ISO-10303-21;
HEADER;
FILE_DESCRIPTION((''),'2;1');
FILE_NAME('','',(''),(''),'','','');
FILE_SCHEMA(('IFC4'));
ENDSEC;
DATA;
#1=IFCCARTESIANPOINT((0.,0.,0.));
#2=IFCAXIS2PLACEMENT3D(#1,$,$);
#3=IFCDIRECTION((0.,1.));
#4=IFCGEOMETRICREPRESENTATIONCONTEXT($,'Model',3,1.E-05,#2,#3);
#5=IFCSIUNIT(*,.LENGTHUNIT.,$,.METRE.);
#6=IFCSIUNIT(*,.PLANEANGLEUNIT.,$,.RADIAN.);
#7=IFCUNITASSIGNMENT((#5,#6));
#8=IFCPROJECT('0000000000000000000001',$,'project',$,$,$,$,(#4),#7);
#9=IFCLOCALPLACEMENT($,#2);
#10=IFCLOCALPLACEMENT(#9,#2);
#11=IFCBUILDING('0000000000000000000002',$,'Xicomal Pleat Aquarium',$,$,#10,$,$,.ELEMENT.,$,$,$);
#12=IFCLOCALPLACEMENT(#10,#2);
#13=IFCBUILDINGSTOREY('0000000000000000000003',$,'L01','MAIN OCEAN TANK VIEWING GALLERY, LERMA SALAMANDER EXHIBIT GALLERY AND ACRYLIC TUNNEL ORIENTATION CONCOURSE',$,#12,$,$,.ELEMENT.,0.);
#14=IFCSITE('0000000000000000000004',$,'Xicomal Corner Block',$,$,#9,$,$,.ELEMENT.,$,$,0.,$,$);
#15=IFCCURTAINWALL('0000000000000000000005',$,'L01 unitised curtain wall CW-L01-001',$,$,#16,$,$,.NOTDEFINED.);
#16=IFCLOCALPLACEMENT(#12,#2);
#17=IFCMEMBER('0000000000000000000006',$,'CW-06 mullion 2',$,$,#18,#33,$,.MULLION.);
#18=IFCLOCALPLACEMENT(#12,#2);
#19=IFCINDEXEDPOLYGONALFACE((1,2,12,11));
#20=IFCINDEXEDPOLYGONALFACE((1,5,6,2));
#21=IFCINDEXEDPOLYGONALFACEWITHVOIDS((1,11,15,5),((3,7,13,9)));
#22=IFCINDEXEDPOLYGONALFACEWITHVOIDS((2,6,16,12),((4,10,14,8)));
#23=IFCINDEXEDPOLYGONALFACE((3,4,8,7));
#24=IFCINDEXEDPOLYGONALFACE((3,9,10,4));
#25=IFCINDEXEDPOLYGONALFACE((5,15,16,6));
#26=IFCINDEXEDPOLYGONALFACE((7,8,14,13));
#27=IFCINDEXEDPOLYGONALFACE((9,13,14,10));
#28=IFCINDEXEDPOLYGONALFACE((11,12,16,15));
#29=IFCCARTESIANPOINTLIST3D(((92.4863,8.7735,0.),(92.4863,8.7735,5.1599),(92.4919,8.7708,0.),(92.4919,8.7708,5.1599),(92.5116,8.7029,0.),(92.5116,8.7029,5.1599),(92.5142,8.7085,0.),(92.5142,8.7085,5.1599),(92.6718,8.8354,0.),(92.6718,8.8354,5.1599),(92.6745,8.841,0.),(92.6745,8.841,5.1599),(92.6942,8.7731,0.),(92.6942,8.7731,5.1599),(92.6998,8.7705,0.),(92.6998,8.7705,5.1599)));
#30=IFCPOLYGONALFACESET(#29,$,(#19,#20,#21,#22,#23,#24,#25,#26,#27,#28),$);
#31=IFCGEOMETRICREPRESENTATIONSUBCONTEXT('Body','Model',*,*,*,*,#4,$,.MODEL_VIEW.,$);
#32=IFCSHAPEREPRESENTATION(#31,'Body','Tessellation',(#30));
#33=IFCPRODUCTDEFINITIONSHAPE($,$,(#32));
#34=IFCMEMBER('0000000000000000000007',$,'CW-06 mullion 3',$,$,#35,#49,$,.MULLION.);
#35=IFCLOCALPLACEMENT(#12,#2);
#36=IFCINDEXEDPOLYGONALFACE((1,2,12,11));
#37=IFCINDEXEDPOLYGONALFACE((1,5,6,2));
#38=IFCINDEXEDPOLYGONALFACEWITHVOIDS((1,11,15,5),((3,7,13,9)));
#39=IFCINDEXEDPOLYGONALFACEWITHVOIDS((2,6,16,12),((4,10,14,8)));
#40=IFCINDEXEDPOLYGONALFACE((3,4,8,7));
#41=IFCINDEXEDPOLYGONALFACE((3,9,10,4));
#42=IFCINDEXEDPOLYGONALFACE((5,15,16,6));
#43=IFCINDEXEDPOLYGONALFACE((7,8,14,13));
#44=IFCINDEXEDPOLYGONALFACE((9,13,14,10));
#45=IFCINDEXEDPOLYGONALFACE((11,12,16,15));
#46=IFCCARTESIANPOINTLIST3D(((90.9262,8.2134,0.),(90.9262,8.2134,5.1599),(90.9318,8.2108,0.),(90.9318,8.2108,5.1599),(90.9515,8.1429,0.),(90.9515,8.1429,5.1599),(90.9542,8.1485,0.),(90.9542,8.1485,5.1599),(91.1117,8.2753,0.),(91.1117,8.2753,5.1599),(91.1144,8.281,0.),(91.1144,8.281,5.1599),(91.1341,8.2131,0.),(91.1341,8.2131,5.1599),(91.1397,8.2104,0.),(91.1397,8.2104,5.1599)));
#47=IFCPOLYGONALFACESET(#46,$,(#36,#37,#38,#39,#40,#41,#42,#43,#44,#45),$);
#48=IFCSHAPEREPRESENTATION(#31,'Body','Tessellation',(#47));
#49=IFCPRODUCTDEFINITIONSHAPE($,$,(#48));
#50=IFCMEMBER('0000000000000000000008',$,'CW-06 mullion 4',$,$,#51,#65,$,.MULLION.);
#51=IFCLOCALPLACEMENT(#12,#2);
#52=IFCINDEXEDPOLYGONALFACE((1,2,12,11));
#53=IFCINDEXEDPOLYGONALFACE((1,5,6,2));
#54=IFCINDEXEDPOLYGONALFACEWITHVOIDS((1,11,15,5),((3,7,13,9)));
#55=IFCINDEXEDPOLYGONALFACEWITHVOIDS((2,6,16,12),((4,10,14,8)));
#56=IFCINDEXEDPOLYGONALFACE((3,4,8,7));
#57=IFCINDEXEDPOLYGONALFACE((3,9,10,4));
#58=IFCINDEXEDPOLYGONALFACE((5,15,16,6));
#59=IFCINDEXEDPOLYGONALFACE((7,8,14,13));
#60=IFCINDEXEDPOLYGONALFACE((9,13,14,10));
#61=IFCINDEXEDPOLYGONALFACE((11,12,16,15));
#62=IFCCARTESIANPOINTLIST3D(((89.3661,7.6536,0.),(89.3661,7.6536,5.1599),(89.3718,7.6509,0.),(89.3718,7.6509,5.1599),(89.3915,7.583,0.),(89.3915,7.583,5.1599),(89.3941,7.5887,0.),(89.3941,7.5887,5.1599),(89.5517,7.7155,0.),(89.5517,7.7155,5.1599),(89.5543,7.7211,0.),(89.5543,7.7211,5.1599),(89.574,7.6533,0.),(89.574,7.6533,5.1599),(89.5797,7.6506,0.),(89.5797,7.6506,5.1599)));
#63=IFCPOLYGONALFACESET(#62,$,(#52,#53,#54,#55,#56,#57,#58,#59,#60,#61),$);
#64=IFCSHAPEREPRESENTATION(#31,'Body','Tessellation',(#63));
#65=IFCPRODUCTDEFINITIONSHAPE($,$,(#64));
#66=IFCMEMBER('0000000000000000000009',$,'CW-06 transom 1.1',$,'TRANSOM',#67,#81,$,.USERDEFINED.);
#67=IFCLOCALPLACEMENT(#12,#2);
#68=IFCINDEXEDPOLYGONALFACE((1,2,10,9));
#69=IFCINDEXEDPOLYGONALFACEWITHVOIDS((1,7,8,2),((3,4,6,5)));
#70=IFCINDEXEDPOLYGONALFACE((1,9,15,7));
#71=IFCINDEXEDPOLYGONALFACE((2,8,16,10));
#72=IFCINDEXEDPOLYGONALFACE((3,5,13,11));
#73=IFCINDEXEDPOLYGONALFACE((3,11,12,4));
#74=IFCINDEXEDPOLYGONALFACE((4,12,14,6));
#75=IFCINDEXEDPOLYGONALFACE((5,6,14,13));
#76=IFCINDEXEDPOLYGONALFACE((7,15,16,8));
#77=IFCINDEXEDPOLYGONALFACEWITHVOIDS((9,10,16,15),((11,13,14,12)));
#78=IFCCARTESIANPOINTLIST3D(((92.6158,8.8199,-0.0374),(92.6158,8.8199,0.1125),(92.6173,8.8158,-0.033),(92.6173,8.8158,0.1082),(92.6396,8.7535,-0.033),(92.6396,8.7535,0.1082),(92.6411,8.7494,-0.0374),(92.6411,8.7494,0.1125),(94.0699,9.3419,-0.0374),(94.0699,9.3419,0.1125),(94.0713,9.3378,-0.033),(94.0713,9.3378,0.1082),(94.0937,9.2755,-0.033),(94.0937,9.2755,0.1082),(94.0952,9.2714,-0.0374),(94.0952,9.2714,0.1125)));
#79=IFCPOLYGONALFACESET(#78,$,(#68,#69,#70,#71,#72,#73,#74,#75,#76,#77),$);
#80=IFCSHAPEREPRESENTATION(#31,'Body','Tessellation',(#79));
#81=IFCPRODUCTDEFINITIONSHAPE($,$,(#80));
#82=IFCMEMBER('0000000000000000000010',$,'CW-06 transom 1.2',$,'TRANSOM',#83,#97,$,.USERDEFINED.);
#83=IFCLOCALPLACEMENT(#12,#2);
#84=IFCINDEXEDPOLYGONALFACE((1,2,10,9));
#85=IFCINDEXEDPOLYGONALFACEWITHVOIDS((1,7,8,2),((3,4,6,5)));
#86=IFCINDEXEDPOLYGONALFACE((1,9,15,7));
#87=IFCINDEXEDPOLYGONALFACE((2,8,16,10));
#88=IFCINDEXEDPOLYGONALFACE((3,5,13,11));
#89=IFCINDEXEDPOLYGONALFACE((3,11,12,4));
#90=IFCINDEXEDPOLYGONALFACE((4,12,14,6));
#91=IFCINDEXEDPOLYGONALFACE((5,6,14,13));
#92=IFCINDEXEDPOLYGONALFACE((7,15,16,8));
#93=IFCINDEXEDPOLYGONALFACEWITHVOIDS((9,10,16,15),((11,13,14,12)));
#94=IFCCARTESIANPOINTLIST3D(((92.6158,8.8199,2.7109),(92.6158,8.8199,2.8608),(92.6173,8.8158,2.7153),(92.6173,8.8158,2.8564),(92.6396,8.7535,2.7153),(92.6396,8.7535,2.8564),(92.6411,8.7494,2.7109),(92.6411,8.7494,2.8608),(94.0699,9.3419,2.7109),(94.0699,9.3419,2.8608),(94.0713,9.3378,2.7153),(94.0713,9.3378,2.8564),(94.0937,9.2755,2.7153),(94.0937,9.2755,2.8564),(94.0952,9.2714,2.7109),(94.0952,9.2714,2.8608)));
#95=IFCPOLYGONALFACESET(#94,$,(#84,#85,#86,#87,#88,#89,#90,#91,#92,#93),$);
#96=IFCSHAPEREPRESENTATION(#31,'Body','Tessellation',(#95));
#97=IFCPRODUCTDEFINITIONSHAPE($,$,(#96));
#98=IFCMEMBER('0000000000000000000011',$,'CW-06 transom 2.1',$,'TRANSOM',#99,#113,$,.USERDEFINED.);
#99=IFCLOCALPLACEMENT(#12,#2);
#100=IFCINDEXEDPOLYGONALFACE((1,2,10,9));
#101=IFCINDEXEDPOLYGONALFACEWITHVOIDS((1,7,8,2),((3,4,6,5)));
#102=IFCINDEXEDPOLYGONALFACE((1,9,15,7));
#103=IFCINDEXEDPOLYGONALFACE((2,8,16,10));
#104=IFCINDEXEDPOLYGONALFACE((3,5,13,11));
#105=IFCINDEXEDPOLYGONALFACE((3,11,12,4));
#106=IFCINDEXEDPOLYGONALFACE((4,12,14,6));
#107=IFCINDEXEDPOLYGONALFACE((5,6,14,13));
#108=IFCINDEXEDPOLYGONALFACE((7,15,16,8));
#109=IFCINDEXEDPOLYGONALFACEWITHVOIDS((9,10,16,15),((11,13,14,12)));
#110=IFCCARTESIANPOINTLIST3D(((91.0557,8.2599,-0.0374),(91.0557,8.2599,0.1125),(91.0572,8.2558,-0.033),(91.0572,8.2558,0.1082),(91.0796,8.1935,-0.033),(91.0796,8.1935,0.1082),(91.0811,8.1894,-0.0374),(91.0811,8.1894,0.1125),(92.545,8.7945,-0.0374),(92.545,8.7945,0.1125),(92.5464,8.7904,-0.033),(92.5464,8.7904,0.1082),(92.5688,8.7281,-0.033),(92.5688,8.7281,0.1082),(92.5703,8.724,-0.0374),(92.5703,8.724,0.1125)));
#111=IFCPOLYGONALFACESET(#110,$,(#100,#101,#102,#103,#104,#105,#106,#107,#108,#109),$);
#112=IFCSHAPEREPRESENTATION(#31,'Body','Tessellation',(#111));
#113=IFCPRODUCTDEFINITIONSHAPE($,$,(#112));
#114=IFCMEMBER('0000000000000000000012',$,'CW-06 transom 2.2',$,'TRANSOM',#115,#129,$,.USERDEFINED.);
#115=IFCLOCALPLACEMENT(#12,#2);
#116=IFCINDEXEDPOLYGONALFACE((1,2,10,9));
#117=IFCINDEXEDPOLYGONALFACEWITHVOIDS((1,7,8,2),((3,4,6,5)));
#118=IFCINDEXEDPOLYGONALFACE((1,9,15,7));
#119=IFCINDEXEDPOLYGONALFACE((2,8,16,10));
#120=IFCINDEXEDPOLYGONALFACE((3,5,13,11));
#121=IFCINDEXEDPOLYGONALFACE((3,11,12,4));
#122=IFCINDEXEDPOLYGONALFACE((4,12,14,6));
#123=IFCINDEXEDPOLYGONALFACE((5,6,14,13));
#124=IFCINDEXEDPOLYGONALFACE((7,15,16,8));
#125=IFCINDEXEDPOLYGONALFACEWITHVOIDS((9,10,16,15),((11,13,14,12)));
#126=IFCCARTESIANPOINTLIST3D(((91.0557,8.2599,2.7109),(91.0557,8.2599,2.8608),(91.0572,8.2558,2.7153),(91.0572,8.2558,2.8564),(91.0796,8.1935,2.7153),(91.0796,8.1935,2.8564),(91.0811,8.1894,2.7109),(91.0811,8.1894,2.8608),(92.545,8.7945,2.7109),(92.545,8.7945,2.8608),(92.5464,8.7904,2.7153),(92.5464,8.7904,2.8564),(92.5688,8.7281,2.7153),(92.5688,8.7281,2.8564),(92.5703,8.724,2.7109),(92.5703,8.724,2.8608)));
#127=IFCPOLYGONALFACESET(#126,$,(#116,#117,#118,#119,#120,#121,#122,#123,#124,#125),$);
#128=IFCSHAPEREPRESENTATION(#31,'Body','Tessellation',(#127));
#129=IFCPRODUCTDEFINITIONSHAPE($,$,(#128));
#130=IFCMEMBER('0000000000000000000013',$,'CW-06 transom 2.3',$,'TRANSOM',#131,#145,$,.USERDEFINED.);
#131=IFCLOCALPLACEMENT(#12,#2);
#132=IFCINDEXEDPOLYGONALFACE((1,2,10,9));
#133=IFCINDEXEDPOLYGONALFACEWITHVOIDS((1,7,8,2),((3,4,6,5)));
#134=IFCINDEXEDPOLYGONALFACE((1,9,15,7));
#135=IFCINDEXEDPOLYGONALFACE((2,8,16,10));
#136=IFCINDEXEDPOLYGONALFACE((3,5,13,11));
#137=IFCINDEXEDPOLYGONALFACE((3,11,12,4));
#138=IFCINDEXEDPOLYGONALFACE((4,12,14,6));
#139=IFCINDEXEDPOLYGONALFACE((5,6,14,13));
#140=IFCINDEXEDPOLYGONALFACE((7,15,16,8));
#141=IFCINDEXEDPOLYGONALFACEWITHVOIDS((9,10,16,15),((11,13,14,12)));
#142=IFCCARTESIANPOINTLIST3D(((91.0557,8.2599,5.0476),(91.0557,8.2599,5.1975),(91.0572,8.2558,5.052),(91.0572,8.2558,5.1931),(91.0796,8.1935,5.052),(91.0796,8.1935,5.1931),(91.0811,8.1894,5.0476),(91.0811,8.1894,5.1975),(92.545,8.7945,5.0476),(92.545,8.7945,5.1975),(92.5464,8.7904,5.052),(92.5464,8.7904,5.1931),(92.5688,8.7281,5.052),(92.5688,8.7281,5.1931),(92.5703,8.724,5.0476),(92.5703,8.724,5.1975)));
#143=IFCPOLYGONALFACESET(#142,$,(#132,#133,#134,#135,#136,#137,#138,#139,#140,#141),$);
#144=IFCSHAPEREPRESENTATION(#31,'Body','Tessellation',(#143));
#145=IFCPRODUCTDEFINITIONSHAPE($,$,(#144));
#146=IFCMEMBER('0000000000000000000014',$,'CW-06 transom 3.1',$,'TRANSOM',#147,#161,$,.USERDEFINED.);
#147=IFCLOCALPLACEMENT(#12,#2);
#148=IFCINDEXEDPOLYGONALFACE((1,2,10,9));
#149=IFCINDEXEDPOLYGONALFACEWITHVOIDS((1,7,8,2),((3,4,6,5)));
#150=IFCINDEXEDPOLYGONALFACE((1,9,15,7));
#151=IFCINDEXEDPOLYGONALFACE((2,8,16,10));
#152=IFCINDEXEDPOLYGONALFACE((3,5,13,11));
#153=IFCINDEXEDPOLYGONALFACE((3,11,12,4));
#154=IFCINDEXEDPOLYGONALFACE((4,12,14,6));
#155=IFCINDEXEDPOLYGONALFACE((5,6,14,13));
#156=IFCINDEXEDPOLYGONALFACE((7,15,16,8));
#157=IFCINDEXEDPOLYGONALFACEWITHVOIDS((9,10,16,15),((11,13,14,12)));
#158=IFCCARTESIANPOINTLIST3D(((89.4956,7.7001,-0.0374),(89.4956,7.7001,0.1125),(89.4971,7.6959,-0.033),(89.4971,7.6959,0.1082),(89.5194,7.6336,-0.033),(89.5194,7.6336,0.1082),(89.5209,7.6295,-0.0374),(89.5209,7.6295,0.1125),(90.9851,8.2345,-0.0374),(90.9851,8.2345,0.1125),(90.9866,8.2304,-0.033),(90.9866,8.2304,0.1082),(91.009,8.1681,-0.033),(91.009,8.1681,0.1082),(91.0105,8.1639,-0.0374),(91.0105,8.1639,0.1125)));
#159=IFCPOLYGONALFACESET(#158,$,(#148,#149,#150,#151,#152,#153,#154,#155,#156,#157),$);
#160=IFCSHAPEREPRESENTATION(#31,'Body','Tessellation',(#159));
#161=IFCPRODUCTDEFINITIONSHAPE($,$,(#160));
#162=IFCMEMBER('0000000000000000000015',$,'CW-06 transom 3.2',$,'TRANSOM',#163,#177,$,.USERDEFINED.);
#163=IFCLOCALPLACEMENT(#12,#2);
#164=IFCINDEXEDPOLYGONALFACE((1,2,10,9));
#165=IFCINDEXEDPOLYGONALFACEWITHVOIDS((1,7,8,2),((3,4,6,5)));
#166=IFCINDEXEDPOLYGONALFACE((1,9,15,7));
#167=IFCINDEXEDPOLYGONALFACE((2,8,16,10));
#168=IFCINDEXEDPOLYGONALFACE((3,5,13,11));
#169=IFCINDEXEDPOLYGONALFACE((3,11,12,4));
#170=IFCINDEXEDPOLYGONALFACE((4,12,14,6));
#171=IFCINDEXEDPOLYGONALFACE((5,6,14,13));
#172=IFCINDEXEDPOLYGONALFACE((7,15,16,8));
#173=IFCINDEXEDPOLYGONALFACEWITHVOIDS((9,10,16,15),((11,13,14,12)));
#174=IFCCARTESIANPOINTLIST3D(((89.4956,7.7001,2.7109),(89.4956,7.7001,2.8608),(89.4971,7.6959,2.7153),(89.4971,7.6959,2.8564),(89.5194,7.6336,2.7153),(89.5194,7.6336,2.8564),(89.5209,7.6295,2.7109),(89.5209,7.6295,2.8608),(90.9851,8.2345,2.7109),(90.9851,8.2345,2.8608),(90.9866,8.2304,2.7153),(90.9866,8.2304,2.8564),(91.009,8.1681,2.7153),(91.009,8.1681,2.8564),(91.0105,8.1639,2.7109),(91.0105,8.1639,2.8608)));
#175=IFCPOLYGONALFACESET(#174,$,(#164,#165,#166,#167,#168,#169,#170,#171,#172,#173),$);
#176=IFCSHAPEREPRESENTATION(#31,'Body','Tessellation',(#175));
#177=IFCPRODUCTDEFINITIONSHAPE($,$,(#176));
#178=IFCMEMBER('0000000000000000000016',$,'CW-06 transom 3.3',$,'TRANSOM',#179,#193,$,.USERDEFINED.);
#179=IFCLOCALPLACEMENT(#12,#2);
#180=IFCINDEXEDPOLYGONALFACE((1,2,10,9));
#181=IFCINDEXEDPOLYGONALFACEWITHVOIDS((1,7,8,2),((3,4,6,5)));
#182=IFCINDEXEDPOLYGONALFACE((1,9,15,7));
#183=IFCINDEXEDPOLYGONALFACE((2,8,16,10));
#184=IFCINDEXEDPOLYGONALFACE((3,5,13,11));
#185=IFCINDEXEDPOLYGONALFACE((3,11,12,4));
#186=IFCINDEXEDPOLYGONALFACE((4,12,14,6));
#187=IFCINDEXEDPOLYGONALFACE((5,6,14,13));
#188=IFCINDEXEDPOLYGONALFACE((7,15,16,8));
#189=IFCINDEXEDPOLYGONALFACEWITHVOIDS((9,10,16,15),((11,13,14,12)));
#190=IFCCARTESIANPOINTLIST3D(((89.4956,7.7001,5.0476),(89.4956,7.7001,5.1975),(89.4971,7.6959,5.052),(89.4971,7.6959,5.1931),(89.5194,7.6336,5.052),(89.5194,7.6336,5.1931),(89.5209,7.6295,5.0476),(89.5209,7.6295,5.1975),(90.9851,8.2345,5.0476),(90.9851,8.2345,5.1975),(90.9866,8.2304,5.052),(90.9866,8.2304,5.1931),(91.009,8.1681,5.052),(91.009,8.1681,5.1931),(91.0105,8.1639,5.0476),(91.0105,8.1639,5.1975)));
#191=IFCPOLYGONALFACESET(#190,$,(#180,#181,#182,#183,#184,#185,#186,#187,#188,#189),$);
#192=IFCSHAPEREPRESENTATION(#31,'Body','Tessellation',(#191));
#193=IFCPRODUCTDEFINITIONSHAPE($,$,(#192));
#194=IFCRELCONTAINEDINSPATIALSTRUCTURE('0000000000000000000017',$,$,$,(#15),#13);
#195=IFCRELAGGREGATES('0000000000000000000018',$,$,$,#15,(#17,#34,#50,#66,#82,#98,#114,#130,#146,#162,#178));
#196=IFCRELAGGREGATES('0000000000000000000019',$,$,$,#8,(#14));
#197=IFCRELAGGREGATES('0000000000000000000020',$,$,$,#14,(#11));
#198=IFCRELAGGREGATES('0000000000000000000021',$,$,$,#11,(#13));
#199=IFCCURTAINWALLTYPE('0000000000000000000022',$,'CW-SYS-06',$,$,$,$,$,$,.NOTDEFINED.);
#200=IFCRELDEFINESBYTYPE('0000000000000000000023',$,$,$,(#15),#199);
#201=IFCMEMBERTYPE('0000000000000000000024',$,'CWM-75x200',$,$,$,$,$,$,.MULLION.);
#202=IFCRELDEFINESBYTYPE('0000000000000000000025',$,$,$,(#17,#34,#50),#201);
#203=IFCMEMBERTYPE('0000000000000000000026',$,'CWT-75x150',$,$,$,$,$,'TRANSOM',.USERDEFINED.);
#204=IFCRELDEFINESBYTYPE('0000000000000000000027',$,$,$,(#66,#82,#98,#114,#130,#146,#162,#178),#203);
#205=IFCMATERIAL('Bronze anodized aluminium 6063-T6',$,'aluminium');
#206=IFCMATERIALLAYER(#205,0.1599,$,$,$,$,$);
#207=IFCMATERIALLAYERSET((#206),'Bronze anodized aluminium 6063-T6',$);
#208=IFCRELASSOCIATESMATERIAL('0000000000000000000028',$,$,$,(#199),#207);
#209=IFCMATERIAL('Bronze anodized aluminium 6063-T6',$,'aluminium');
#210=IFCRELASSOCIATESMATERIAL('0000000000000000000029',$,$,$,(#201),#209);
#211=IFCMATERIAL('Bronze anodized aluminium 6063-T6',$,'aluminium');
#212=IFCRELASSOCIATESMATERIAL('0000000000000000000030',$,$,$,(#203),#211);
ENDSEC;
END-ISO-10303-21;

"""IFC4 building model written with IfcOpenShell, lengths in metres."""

from ifc_helpers import new_model, si_unit, direction, frame, origin, origin_2d, place, context, subcontext, project, spatial, hollow_rectangle, extrude, material, layer, layer_set, material_profile, profile_set, type_object, element, aggregate, save


model = new_model("IFC4")

# Units and contexts
model_context = context("Model", 3, precision=1e-05, world=origin(), true_north=direction((0.0, 1.0)))
body_context = subcontext(model_context, "Body", "Model", "MODEL_VIEW")
ifc_project = project(units=[si_unit("LENGTHUNIT", "METRE"), si_unit("PLANEANGLEUNIT", "RADIAN")], contexts=[model_context])

# Site, building, storey
site_placement = place(None, origin())
site = spatial("IfcSite", under=ifc_project, at=site_placement, Name="Xicomal Corner Block", CompositionType="ELEMENT", RefElevation=0.0)
building_placement = place(site_placement, origin())
building = spatial("IfcBuilding", under=site, at=building_placement, Name="Xicomal Pleat Aquarium", CompositionType="ELEMENT")
storey_placement = place(building_placement, origin())
storey = spatial("IfcBuildingStorey", under=building, at=storey_placement, Name="L01", Description="MAIN OCEAN TANK VIEWING GALLERY, LERMA SALAMANDER EXHIBIT GALLERY AND ACRYLIC TUNNEL ORIENTATION CONCOURSE", CompositionType="ELEMENT", Elevation=0.0)

# Curtain wall, members
ifc_material_1 = material(Name="Bronze anodized aluminium 6063-T6", Category="aluminium")
ifc_layer_1 = layer(ifc_material_1, 0.1599)
ifc_layer_set_1 = layer_set([ifc_layer_1], Name="Bronze anodized aluminium 6063-T6")
curtain_wall_type = type_object("IfcCurtainWallType", Name="CW-SYS-06", PredefinedType="NOTDEFINED", material=ifc_layer_set_1)
curtain_wall_placement = place(storey_placement, origin())
curtain_wall = element("IfcCurtainWall", 1, at=curtain_wall_placement, inside=storey, type_object=curtain_wall_type, Name="L01 unitised curtain wall CW-L01-001", PredefinedType="NOTDEFINED")
ifc_material_2 = material(Name="Bronze anodized aluminium 6063-T6", Category="aluminium")
ifc_material_profile_1 = material_profile(ifc_material_2, hollow_rectangle(XDim=0.075, YDim=0.2, WallThickness=0.0044, at=origin_2d()), Name="ALU MULL 75x200")
ifc_profile_set_1 = profile_set([ifc_material_profile_1], Name="Bronze anodized aluminium 6063-T6")
member_type_1 = type_object("IfcMemberType", Name="CWM-75x200", PredefinedType="MULLION", material=ifc_profile_set_1)
member_1_placement = place(storey_placement, frame((92.593, 8.772, 0.0), z_axis=(0.0, 0.0, 1.0), x_axis=(0.337865, -0.941195, 0.0)))
member_1 = element("IfcMember", 2, at=member_1_placement, type_object=member_type_1, Name="CW-06 mullion 2", PredefinedType="MULLION", context=body_context, shape_type="SweptSolid", body=[
    extrude(hollow_rectangle(XDim=0.075, YDim=0.2, WallThickness=0.0044, at=origin_2d()), origin(), (0.0, 0.0, 1.0), 5.1599),
])
member_2_placement = place(storey_placement, frame((91.033, 8.2119, 0.0), z_axis=(0.0, 0.0, 1.0), x_axis=(0.337865, -0.941195, 0.0)))
member_2 = element("IfcMember", 3, at=member_2_placement, type_object=member_type_1, Name="CW-06 mullion 3", PredefinedType="MULLION", context=body_context, shape_type="SweptSolid", body=[
    extrude(hollow_rectangle(XDim=0.075, YDim=0.2, WallThickness=0.0044, at=origin_2d()), origin(), (0.0, 0.0, 1.0), 5.1599),
])
member_3_placement = place(storey_placement, frame((89.4729, 7.6521, 0.0), z_axis=(0.0, 0.0, 1.0), x_axis=(0.337865, -0.941195, 0.0)))
member_3 = element("IfcMember", 4, at=member_3_placement, type_object=member_type_1, Name="CW-06 mullion 4", PredefinedType="MULLION", context=body_context, shape_type="SweptSolid", body=[
    extrude(hollow_rectangle(XDim=0.075, YDim=0.2, WallThickness=0.0044, at=origin_2d()), origin(), (0.0, 0.0, 1.0), 5.1599),
])
ifc_material_3 = material(Name="Bronze anodized aluminium 6063-T6", Category="aluminium")
ifc_material_profile_2 = material_profile(ifc_material_3, hollow_rectangle(XDim=0.075, YDim=0.1499, WallThickness=0.0044, at=origin_2d()), Name="ALU TRAN 75x150")
ifc_profile_set_2 = profile_set([ifc_material_profile_2], Name="Bronze anodized aluminium 6063-T6")
member_type_2 = type_object("IfcMemberType", Name="CWT-75x150", ElementType="TRANSOM", PredefinedType="USERDEFINED", material=ifc_profile_set_2)
member_4_placement = place(storey_placement, frame((94.0825, 9.3066, 0.0376), z_axis=(-0.941197, -0.337858, 0.0), x_axis=(0.337858, -0.941197, 0.0)))
member_4 = element("IfcMember", 5, at=member_4_placement, type_object=member_type_2, Name="CW-06 transom 1.1", ObjectType="TRANSOM", PredefinedType="USERDEFINED", context=body_context, shape_type="SweptSolid", body=[
    extrude(hollow_rectangle(XDim=0.075, YDim=0.1499, WallThickness=0.0044, at=origin_2d()), origin(), (0.0, 0.0, 1.0), 1.5449),
])
member_5_placement = place(storey_placement, frame((94.0825, 9.3066, 2.7859), z_axis=(-0.941197, -0.337858, 0.0), x_axis=(0.337858, -0.941197, 0.0)))
member_5 = element("IfcMember", 6, at=member_5_placement, type_object=member_type_2, Name="CW-06 transom 1.2", ObjectType="TRANSOM", PredefinedType="USERDEFINED", context=body_context, shape_type="SweptSolid", body=[
    extrude(hollow_rectangle(XDim=0.075, YDim=0.1499, WallThickness=0.0044, at=origin_2d()), origin(), (0.0, 0.0, 1.0), 1.5449),
])
member_6_placement = place(storey_placement, frame((92.5576, 8.7593, 0.0376), z_axis=(-0.941182, -0.3379, 0.0), x_axis=(0.3379, -0.941182, 0.0)))
member_6 = element("IfcMember", 7, at=member_6_placement, type_object=member_type_2, Name="CW-06 transom 2.1", ObjectType="TRANSOM", PredefinedType="USERDEFINED", context=body_context, shape_type="SweptSolid", body=[
    extrude(hollow_rectangle(XDim=0.075, YDim=0.1499, WallThickness=0.0044, at=origin_2d()), origin(), (0.0, 0.0, 1.0), 1.5823),
])
member_7_placement = place(storey_placement, frame((92.5576, 8.7593, 2.7859), z_axis=(-0.941182, -0.3379, 0.0), x_axis=(0.3379, -0.941182, 0.0)))
member_7 = element("IfcMember", 8, at=member_7_placement, type_object=member_type_2, Name="CW-06 transom 2.2", ObjectType="TRANSOM", PredefinedType="USERDEFINED", context=body_context, shape_type="SweptSolid", body=[
    extrude(hollow_rectangle(XDim=0.075, YDim=0.1499, WallThickness=0.0044, at=origin_2d()), origin(), (0.0, 0.0, 1.0), 1.5823),
])
member_8_placement = place(storey_placement, frame((92.5576, 8.7593, 5.1226), z_axis=(-0.941182, -0.3379, 0.0), x_axis=(0.3379, -0.941182, 0.0)))
member_8 = element("IfcMember", 9, at=member_8_placement, type_object=member_type_2, Name="CW-06 transom 2.3", ObjectType="TRANSOM", PredefinedType="USERDEFINED", context=body_context, shape_type="SweptSolid", body=[
    extrude(hollow_rectangle(XDim=0.075, YDim=0.1499, WallThickness=0.0044, at=origin_2d()), origin(), (0.0, 0.0, 1.0), 1.5823),
])
member_9_placement = place(storey_placement, frame((90.9978, 8.1992, 0.0376), z_axis=(-0.941249, -0.337714, 0.0), x_axis=(0.337714, -0.941249, 0.0)))
member_9 = element("IfcMember", 10, at=member_9_placement, type_object=member_type_2, Name="CW-06 transom 3.1", ObjectType="TRANSOM", PredefinedType="USERDEFINED", context=body_context, shape_type="SweptSolid", body=[
    extrude(hollow_rectangle(XDim=0.075, YDim=0.1499, WallThickness=0.0044, at=origin_2d()), origin(), (0.0, 0.0, 1.0), 1.5825),
])
member_10_placement = place(storey_placement, frame((90.9978, 8.1992, 2.7859), z_axis=(-0.941249, -0.337714, 0.0), x_axis=(0.337714, -0.941249, 0.0)))
member_10 = element("IfcMember", 11, at=member_10_placement, type_object=member_type_2, Name="CW-06 transom 3.2", ObjectType="TRANSOM", PredefinedType="USERDEFINED", context=body_context, shape_type="SweptSolid", body=[
    extrude(hollow_rectangle(XDim=0.075, YDim=0.1499, WallThickness=0.0044, at=origin_2d()), origin(), (0.0, 0.0, 1.0), 1.5825),
])
member_11_placement = place(storey_placement, frame((90.9978, 8.1992, 5.1226), z_axis=(-0.941249, -0.337714, 0.0), x_axis=(0.337714, -0.941249, 0.0)))
member_11 = element("IfcMember", 12, at=member_11_placement, type_object=member_type_2, Name="CW-06 transom 3.3", ObjectType="TRANSOM", PredefinedType="USERDEFINED", context=body_context, shape_type="SweptSolid", body=[
    extrude(hollow_rectangle(XDim=0.075, YDim=0.1499, WallThickness=0.0044, at=origin_2d()), origin(), (0.0, 0.0, 1.0), 1.5825),
])
aggregate(curtain_wall, [member_1, member_2, member_3, member_4, member_5, member_6, member_7, member_8, member_9, member_10, member_11])

save(model, "model.ifc")
